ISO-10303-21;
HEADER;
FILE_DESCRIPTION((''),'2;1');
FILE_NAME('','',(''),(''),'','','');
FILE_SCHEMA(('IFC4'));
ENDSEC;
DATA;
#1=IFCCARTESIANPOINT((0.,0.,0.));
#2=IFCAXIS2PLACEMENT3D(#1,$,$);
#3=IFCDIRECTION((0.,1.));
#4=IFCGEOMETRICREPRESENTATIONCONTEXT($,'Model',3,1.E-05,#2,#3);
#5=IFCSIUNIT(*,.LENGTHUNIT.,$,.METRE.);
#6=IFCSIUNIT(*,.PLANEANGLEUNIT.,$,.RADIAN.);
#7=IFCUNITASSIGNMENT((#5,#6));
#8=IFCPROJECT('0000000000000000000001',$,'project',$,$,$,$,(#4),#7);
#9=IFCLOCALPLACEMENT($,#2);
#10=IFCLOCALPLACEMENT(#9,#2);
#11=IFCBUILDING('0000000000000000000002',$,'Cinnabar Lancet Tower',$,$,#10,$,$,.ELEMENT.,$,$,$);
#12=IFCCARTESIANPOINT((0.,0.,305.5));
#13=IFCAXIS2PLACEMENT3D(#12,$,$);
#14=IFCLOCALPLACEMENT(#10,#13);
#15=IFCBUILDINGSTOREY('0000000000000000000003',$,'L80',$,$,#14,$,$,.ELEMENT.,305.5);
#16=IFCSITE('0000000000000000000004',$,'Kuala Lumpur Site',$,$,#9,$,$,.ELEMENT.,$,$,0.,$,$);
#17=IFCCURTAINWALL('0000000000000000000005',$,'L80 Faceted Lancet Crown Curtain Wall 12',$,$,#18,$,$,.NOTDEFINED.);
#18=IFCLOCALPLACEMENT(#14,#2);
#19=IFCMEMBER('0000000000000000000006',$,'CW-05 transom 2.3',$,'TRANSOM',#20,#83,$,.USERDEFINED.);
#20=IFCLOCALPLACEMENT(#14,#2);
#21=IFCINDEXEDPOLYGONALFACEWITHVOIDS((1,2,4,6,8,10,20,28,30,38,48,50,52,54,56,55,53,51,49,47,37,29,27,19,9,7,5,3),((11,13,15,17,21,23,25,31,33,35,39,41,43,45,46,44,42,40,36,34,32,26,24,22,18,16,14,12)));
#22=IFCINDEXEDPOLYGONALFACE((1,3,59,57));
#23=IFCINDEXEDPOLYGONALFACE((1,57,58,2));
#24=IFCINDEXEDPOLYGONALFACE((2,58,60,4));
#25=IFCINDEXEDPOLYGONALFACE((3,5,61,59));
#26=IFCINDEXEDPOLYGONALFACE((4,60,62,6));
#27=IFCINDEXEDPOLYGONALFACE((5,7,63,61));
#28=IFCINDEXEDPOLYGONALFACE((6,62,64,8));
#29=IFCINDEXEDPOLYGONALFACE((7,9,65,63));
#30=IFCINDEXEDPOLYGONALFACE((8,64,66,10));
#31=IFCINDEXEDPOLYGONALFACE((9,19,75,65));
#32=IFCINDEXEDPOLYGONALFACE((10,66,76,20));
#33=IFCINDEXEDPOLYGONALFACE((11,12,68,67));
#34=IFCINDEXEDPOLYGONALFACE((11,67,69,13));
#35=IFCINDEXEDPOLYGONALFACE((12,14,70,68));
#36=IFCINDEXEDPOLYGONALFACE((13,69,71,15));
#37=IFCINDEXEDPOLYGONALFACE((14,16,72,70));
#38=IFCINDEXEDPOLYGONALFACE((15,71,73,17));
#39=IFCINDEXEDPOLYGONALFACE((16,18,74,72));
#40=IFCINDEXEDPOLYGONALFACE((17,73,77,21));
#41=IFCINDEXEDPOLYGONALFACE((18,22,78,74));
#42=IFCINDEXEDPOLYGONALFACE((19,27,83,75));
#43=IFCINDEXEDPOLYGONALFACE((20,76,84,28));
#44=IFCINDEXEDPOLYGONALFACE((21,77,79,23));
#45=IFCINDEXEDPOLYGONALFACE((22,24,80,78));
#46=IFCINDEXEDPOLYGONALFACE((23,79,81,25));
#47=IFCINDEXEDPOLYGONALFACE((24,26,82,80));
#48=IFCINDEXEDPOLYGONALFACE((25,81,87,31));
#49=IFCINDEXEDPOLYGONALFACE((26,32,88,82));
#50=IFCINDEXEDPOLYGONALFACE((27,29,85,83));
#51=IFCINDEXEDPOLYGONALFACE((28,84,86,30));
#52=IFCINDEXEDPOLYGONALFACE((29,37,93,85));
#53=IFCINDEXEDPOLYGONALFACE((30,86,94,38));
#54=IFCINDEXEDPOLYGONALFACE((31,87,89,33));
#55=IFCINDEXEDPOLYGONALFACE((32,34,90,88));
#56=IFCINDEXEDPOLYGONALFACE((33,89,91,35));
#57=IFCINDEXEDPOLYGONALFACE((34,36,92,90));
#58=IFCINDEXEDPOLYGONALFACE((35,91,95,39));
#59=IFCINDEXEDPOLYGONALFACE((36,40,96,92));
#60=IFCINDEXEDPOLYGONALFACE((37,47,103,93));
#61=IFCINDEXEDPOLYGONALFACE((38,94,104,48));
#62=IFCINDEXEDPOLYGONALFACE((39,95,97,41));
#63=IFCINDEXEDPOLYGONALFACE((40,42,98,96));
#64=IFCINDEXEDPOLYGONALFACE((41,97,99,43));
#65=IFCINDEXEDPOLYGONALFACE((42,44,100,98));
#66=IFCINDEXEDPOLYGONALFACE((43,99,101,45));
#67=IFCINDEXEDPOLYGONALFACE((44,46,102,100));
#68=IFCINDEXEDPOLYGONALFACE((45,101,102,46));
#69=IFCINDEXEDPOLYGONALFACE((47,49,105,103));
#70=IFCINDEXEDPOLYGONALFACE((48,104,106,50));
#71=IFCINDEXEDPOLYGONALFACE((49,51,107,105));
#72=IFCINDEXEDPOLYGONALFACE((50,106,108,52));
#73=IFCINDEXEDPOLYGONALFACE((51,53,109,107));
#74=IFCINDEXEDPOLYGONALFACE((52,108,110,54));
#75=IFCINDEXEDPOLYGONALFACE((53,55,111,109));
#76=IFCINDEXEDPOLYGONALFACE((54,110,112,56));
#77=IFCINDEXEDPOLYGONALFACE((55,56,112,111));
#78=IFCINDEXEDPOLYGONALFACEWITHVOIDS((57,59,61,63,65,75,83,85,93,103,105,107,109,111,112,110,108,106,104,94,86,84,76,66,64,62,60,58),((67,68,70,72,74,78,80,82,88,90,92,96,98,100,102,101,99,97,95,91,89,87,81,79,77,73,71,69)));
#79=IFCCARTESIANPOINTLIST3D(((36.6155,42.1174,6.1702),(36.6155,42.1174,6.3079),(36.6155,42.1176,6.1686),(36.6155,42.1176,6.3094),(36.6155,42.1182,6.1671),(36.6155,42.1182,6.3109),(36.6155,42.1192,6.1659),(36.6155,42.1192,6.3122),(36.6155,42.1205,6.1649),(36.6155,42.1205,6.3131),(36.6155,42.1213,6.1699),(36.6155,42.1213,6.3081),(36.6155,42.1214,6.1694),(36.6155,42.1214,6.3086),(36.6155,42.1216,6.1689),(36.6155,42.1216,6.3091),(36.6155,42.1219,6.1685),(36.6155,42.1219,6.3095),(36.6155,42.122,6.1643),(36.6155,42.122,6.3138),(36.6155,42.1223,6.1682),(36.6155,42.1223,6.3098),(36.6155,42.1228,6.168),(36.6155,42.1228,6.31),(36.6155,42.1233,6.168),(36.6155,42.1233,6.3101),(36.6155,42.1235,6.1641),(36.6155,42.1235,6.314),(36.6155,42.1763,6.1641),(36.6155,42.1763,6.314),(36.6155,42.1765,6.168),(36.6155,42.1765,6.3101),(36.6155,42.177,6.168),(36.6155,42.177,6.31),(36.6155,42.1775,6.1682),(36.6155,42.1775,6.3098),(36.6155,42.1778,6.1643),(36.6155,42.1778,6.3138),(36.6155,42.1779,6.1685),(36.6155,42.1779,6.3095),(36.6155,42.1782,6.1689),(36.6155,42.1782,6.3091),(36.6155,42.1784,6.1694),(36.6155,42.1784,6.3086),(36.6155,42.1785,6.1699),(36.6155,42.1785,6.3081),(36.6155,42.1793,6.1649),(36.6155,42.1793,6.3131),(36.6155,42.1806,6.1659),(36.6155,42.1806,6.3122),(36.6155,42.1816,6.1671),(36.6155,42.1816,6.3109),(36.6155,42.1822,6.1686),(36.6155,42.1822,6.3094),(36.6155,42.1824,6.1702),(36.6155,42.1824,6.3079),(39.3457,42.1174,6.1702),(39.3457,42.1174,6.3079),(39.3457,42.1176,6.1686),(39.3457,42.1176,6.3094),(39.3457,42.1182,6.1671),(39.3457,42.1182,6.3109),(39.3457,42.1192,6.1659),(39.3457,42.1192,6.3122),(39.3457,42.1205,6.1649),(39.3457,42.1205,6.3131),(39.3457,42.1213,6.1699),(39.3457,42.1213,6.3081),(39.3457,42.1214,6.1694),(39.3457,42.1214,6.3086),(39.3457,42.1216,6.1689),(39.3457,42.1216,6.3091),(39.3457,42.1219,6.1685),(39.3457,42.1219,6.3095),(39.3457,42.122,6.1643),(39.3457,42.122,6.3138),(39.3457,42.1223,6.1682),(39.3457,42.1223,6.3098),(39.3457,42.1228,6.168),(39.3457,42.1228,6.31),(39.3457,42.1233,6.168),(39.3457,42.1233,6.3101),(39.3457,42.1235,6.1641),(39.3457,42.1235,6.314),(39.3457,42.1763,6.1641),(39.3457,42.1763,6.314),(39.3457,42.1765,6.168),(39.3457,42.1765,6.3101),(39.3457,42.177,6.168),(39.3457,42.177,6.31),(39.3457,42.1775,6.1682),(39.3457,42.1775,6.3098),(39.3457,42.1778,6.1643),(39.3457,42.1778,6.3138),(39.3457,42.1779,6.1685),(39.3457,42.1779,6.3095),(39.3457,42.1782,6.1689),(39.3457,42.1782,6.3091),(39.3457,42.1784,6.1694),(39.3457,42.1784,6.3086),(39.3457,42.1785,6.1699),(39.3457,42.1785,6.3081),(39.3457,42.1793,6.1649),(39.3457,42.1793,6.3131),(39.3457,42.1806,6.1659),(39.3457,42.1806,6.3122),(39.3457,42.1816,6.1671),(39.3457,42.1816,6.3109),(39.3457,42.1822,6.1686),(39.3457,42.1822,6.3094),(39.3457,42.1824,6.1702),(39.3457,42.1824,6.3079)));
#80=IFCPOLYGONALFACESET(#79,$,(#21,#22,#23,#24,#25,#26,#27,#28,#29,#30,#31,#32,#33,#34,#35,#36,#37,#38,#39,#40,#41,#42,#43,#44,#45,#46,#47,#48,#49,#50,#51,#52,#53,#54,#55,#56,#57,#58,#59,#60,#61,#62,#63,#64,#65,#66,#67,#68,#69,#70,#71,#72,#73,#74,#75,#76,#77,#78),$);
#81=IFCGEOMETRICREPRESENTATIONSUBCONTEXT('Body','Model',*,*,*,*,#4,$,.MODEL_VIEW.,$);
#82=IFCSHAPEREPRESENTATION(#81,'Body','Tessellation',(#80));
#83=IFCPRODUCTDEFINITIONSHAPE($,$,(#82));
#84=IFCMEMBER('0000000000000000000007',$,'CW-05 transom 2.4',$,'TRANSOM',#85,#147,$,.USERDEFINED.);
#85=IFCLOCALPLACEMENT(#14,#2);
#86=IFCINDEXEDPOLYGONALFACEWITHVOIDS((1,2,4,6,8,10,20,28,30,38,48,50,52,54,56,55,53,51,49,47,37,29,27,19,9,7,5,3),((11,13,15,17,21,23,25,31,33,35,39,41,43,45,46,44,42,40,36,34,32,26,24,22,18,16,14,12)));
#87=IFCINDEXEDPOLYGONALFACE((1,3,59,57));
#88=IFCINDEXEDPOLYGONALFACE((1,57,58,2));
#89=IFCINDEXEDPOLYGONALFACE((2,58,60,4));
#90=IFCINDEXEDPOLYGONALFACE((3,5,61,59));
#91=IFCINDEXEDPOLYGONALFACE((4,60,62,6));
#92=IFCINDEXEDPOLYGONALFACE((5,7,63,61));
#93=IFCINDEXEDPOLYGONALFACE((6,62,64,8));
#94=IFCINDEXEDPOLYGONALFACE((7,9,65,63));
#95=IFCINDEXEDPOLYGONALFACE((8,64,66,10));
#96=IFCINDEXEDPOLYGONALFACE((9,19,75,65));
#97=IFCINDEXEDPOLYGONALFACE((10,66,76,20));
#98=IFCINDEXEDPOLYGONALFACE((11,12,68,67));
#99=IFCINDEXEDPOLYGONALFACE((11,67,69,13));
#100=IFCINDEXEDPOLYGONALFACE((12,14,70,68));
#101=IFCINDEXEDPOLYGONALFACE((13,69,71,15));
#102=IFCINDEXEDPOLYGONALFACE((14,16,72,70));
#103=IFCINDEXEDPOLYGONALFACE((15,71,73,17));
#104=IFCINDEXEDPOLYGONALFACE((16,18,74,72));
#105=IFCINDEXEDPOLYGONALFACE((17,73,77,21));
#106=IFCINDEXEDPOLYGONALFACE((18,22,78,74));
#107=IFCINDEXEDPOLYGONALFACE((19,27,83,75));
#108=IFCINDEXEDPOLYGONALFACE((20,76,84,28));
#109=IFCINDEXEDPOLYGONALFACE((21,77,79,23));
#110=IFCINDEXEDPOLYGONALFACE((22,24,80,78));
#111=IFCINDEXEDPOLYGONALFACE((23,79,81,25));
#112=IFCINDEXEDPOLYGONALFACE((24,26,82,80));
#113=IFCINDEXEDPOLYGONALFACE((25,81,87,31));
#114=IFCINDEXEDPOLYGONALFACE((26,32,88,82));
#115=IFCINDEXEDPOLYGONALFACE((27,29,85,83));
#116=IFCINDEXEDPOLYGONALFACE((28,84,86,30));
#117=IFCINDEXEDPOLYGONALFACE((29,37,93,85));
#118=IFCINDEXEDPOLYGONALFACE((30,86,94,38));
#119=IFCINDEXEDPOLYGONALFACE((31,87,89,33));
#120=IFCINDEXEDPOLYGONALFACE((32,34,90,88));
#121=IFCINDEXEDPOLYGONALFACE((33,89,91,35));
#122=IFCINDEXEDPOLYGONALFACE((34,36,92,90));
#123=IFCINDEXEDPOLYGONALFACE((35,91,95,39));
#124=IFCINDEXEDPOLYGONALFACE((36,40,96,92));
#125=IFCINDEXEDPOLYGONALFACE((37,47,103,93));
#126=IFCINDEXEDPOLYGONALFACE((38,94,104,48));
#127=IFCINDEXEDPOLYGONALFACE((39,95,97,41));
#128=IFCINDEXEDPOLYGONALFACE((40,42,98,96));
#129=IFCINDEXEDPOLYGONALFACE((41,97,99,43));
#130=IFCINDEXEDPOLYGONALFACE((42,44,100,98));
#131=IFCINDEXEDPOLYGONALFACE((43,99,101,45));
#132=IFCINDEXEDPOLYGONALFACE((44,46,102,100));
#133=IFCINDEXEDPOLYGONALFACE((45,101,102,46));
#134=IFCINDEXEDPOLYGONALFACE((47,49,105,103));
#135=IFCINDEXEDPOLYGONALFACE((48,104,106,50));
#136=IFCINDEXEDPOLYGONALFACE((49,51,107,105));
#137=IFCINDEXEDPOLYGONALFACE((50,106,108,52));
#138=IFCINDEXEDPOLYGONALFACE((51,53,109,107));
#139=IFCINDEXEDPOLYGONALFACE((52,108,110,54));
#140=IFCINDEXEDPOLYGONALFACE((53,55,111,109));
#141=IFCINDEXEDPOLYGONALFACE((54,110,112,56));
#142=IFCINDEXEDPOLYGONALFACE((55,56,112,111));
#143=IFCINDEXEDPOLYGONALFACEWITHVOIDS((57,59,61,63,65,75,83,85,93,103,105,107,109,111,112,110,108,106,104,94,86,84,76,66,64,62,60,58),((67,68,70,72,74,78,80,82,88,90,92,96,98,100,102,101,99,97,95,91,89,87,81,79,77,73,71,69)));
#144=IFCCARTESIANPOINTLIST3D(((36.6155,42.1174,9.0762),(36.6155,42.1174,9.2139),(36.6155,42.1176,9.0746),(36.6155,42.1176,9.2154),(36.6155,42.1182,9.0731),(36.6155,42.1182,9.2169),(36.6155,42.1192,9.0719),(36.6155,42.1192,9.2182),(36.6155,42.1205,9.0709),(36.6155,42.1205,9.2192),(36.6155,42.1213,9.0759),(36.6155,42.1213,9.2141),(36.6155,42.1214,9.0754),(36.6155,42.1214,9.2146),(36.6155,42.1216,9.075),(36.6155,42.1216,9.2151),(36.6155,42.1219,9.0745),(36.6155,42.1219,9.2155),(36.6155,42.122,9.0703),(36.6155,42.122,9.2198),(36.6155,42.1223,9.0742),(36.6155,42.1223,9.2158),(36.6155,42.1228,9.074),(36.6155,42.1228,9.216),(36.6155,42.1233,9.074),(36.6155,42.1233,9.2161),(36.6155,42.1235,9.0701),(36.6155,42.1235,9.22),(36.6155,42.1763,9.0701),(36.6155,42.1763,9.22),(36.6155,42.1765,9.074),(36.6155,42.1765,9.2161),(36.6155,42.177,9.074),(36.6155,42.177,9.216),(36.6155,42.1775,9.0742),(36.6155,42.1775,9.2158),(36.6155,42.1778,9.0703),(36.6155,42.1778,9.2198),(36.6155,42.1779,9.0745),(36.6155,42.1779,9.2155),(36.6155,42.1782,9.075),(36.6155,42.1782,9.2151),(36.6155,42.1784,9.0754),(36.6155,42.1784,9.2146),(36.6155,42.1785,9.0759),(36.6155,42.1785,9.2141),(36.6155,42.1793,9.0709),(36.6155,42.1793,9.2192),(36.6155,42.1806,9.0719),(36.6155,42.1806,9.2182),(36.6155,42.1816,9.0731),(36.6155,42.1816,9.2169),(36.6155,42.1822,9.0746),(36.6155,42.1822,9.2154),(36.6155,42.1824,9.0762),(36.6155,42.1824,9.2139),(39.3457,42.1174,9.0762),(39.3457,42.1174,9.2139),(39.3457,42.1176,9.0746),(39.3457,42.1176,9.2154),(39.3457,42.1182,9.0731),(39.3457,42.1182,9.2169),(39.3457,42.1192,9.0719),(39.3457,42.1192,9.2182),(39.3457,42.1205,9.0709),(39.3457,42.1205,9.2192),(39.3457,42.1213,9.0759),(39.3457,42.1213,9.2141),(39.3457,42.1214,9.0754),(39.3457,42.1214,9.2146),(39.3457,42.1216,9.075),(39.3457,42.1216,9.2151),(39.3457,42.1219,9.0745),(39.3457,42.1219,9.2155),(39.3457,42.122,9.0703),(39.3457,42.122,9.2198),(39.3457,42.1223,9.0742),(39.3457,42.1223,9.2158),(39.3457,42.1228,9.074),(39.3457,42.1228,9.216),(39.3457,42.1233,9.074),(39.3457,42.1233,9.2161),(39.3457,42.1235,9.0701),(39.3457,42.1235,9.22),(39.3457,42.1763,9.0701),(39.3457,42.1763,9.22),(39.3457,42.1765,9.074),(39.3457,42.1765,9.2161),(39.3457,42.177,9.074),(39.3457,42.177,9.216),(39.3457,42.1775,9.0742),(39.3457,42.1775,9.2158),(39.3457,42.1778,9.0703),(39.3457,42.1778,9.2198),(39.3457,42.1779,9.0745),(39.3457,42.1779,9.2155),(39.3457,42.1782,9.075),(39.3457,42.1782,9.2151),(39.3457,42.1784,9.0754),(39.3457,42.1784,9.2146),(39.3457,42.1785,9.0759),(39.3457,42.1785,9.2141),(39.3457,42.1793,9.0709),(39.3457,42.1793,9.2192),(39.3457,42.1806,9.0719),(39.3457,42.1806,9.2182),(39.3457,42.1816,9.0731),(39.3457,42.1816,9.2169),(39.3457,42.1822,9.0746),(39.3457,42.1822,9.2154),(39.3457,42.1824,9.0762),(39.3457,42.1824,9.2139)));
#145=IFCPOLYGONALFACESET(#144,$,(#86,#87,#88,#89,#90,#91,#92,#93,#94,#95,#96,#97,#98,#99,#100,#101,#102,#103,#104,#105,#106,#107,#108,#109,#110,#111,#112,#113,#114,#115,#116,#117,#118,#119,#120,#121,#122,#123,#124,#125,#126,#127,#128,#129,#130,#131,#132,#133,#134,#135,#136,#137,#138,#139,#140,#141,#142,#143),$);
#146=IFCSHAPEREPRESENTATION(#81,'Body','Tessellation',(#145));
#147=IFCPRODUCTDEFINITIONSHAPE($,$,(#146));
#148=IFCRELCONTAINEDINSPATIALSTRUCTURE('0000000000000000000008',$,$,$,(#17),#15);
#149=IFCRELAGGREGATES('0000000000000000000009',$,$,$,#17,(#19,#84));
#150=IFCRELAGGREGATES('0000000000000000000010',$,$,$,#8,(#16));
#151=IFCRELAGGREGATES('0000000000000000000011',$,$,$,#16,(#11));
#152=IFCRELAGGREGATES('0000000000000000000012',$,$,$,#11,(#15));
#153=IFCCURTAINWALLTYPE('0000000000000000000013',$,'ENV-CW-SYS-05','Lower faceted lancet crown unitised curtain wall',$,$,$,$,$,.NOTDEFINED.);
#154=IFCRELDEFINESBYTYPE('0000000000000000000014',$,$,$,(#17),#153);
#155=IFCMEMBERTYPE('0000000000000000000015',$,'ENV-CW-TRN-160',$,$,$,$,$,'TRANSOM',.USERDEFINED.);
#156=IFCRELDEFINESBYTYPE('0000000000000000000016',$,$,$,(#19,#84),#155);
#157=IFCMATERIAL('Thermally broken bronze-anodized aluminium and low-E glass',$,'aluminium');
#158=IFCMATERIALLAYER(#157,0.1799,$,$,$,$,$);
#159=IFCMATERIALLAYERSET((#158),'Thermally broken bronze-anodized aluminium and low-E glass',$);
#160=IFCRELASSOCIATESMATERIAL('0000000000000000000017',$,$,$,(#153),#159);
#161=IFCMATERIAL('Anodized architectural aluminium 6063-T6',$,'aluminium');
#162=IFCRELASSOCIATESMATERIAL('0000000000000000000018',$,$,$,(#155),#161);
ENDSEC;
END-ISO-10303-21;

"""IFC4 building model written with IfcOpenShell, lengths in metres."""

from ifc_helpers import new_model, si_unit, direction, frame, origin, origin_2d, place, context, subcontext, project, spatial, hollow_rectangle, extrude, material, layer, layer_set, material_profile, profile_set, type_object, element, aggregate, save


model = new_model("IFC4")

# Units and contexts
model_context = context("Model", 3, precision=1e-05, world=origin(), true_north=direction((0.0, 1.0)))
body_context = subcontext(model_context, "Body", "Model", "MODEL_VIEW")
ifc_project = project(units=[si_unit("LENGTHUNIT", "METRE"), si_unit("PLANEANGLEUNIT", "RADIAN")], contexts=[model_context])

# Site, building, storey
site_placement = place(None, origin())
site = spatial("IfcSite", under=ifc_project, at=site_placement, Name="Kuala Lumpur Site", CompositionType="ELEMENT", RefElevation=0.0)
building_placement = place(site_placement, origin())
building = spatial("IfcBuilding", under=site, at=building_placement, Name="Cinnabar Lancet Tower", CompositionType="ELEMENT")
storey_placement = place(building_placement, frame((0.0, 0.0, 305.5)))
storey = spatial("IfcBuildingStorey", under=building, at=storey_placement, Name="L80", CompositionType="ELEMENT", Elevation=305.5)

# Curtain wall, members
ifc_material_1 = material(Name="Thermally broken bronze-anodized aluminium and low-E glass", Category="aluminium")
ifc_layer_1 = layer(ifc_material_1, 0.1799)
ifc_layer_set_1 = layer_set([ifc_layer_1], Name="Thermally broken bronze-anodized aluminium and low-E glass")
curtain_wall_type = type_object("IfcCurtainWallType", Name="ENV-CW-SYS-05", Description="Lower faceted lancet crown unitised curtain wall", PredefinedType="NOTDEFINED", material=ifc_layer_set_1)
curtain_wall_placement = place(storey_placement, origin())
curtain_wall = element("IfcCurtainWall", 1, at=curtain_wall_placement, inside=storey, type_object=curtain_wall_type, Name="L80 Faceted Lancet Crown Curtain Wall 12", PredefinedType="NOTDEFINED")
ifc_material_2 = material(Name="Anodized architectural aluminium 6063-T6", Category="aluminium")
ifc_material_profile_1 = material_profile(ifc_material_2, hollow_rectangle(XDim=0.0649, YDim=0.1499, WallThickness=0.0039, InnerFilletRadius=0.002, OuterFilletRadius=0.0061, at=origin_2d()), Name="CW-TRN 150x65x4")
ifc_profile_set_1 = profile_set([ifc_material_profile_1], Name="Anodized architectural aluminium 6063-T6")
member_type_1 = type_object("IfcMemberType", Name="ENV-CW-TRN-160", ElementType="TRANSOM", PredefinedType="USERDEFINED", material=ifc_profile_set_1)
member_1_placement = place(storey_placement, frame((39.3457, 42.1499, 6.239), z_axis=(-1.0, 0.0, 0.0), x_axis=(0.0, -1.0, 0.0)))
member_1 = element("IfcMember", 2, at=member_1_placement, type_object=member_type_1, Name="CW-05 transom 2.3", ObjectType="TRANSOM", PredefinedType="USERDEFINED", context=body_context, shape_type="SweptSolid", body=[
    extrude(hollow_rectangle(XDim=0.0649, YDim=0.1499, WallThickness=0.0039, InnerFilletRadius=0.002, OuterFilletRadius=0.0061, at=origin_2d()), origin(), (0.0, 0.0, 1.0), 2.7302),
])
member_2_placement = place(storey_placement, frame((39.3457, 42.1499, 9.145), z_axis=(-1.0, 0.0, 0.0), x_axis=(0.0, -1.0, 0.0)))
member_2 = element("IfcMember", 3, at=member_2_placement, type_object=member_type_1, Name="CW-05 transom 2.4", ObjectType="TRANSOM", PredefinedType="USERDEFINED", context=body_context, shape_type="SweptSolid", body=[
    extrude(hollow_rectangle(XDim=0.0649, YDim=0.1499, WallThickness=0.0039, InnerFilletRadius=0.002, OuterFilletRadius=0.0061, at=origin_2d()), origin(), (0.0, 0.0, 1.0), 2.7302),
])
aggregate(curtain_wall, [member_1, member_2])

save(model, "model.ifc")
